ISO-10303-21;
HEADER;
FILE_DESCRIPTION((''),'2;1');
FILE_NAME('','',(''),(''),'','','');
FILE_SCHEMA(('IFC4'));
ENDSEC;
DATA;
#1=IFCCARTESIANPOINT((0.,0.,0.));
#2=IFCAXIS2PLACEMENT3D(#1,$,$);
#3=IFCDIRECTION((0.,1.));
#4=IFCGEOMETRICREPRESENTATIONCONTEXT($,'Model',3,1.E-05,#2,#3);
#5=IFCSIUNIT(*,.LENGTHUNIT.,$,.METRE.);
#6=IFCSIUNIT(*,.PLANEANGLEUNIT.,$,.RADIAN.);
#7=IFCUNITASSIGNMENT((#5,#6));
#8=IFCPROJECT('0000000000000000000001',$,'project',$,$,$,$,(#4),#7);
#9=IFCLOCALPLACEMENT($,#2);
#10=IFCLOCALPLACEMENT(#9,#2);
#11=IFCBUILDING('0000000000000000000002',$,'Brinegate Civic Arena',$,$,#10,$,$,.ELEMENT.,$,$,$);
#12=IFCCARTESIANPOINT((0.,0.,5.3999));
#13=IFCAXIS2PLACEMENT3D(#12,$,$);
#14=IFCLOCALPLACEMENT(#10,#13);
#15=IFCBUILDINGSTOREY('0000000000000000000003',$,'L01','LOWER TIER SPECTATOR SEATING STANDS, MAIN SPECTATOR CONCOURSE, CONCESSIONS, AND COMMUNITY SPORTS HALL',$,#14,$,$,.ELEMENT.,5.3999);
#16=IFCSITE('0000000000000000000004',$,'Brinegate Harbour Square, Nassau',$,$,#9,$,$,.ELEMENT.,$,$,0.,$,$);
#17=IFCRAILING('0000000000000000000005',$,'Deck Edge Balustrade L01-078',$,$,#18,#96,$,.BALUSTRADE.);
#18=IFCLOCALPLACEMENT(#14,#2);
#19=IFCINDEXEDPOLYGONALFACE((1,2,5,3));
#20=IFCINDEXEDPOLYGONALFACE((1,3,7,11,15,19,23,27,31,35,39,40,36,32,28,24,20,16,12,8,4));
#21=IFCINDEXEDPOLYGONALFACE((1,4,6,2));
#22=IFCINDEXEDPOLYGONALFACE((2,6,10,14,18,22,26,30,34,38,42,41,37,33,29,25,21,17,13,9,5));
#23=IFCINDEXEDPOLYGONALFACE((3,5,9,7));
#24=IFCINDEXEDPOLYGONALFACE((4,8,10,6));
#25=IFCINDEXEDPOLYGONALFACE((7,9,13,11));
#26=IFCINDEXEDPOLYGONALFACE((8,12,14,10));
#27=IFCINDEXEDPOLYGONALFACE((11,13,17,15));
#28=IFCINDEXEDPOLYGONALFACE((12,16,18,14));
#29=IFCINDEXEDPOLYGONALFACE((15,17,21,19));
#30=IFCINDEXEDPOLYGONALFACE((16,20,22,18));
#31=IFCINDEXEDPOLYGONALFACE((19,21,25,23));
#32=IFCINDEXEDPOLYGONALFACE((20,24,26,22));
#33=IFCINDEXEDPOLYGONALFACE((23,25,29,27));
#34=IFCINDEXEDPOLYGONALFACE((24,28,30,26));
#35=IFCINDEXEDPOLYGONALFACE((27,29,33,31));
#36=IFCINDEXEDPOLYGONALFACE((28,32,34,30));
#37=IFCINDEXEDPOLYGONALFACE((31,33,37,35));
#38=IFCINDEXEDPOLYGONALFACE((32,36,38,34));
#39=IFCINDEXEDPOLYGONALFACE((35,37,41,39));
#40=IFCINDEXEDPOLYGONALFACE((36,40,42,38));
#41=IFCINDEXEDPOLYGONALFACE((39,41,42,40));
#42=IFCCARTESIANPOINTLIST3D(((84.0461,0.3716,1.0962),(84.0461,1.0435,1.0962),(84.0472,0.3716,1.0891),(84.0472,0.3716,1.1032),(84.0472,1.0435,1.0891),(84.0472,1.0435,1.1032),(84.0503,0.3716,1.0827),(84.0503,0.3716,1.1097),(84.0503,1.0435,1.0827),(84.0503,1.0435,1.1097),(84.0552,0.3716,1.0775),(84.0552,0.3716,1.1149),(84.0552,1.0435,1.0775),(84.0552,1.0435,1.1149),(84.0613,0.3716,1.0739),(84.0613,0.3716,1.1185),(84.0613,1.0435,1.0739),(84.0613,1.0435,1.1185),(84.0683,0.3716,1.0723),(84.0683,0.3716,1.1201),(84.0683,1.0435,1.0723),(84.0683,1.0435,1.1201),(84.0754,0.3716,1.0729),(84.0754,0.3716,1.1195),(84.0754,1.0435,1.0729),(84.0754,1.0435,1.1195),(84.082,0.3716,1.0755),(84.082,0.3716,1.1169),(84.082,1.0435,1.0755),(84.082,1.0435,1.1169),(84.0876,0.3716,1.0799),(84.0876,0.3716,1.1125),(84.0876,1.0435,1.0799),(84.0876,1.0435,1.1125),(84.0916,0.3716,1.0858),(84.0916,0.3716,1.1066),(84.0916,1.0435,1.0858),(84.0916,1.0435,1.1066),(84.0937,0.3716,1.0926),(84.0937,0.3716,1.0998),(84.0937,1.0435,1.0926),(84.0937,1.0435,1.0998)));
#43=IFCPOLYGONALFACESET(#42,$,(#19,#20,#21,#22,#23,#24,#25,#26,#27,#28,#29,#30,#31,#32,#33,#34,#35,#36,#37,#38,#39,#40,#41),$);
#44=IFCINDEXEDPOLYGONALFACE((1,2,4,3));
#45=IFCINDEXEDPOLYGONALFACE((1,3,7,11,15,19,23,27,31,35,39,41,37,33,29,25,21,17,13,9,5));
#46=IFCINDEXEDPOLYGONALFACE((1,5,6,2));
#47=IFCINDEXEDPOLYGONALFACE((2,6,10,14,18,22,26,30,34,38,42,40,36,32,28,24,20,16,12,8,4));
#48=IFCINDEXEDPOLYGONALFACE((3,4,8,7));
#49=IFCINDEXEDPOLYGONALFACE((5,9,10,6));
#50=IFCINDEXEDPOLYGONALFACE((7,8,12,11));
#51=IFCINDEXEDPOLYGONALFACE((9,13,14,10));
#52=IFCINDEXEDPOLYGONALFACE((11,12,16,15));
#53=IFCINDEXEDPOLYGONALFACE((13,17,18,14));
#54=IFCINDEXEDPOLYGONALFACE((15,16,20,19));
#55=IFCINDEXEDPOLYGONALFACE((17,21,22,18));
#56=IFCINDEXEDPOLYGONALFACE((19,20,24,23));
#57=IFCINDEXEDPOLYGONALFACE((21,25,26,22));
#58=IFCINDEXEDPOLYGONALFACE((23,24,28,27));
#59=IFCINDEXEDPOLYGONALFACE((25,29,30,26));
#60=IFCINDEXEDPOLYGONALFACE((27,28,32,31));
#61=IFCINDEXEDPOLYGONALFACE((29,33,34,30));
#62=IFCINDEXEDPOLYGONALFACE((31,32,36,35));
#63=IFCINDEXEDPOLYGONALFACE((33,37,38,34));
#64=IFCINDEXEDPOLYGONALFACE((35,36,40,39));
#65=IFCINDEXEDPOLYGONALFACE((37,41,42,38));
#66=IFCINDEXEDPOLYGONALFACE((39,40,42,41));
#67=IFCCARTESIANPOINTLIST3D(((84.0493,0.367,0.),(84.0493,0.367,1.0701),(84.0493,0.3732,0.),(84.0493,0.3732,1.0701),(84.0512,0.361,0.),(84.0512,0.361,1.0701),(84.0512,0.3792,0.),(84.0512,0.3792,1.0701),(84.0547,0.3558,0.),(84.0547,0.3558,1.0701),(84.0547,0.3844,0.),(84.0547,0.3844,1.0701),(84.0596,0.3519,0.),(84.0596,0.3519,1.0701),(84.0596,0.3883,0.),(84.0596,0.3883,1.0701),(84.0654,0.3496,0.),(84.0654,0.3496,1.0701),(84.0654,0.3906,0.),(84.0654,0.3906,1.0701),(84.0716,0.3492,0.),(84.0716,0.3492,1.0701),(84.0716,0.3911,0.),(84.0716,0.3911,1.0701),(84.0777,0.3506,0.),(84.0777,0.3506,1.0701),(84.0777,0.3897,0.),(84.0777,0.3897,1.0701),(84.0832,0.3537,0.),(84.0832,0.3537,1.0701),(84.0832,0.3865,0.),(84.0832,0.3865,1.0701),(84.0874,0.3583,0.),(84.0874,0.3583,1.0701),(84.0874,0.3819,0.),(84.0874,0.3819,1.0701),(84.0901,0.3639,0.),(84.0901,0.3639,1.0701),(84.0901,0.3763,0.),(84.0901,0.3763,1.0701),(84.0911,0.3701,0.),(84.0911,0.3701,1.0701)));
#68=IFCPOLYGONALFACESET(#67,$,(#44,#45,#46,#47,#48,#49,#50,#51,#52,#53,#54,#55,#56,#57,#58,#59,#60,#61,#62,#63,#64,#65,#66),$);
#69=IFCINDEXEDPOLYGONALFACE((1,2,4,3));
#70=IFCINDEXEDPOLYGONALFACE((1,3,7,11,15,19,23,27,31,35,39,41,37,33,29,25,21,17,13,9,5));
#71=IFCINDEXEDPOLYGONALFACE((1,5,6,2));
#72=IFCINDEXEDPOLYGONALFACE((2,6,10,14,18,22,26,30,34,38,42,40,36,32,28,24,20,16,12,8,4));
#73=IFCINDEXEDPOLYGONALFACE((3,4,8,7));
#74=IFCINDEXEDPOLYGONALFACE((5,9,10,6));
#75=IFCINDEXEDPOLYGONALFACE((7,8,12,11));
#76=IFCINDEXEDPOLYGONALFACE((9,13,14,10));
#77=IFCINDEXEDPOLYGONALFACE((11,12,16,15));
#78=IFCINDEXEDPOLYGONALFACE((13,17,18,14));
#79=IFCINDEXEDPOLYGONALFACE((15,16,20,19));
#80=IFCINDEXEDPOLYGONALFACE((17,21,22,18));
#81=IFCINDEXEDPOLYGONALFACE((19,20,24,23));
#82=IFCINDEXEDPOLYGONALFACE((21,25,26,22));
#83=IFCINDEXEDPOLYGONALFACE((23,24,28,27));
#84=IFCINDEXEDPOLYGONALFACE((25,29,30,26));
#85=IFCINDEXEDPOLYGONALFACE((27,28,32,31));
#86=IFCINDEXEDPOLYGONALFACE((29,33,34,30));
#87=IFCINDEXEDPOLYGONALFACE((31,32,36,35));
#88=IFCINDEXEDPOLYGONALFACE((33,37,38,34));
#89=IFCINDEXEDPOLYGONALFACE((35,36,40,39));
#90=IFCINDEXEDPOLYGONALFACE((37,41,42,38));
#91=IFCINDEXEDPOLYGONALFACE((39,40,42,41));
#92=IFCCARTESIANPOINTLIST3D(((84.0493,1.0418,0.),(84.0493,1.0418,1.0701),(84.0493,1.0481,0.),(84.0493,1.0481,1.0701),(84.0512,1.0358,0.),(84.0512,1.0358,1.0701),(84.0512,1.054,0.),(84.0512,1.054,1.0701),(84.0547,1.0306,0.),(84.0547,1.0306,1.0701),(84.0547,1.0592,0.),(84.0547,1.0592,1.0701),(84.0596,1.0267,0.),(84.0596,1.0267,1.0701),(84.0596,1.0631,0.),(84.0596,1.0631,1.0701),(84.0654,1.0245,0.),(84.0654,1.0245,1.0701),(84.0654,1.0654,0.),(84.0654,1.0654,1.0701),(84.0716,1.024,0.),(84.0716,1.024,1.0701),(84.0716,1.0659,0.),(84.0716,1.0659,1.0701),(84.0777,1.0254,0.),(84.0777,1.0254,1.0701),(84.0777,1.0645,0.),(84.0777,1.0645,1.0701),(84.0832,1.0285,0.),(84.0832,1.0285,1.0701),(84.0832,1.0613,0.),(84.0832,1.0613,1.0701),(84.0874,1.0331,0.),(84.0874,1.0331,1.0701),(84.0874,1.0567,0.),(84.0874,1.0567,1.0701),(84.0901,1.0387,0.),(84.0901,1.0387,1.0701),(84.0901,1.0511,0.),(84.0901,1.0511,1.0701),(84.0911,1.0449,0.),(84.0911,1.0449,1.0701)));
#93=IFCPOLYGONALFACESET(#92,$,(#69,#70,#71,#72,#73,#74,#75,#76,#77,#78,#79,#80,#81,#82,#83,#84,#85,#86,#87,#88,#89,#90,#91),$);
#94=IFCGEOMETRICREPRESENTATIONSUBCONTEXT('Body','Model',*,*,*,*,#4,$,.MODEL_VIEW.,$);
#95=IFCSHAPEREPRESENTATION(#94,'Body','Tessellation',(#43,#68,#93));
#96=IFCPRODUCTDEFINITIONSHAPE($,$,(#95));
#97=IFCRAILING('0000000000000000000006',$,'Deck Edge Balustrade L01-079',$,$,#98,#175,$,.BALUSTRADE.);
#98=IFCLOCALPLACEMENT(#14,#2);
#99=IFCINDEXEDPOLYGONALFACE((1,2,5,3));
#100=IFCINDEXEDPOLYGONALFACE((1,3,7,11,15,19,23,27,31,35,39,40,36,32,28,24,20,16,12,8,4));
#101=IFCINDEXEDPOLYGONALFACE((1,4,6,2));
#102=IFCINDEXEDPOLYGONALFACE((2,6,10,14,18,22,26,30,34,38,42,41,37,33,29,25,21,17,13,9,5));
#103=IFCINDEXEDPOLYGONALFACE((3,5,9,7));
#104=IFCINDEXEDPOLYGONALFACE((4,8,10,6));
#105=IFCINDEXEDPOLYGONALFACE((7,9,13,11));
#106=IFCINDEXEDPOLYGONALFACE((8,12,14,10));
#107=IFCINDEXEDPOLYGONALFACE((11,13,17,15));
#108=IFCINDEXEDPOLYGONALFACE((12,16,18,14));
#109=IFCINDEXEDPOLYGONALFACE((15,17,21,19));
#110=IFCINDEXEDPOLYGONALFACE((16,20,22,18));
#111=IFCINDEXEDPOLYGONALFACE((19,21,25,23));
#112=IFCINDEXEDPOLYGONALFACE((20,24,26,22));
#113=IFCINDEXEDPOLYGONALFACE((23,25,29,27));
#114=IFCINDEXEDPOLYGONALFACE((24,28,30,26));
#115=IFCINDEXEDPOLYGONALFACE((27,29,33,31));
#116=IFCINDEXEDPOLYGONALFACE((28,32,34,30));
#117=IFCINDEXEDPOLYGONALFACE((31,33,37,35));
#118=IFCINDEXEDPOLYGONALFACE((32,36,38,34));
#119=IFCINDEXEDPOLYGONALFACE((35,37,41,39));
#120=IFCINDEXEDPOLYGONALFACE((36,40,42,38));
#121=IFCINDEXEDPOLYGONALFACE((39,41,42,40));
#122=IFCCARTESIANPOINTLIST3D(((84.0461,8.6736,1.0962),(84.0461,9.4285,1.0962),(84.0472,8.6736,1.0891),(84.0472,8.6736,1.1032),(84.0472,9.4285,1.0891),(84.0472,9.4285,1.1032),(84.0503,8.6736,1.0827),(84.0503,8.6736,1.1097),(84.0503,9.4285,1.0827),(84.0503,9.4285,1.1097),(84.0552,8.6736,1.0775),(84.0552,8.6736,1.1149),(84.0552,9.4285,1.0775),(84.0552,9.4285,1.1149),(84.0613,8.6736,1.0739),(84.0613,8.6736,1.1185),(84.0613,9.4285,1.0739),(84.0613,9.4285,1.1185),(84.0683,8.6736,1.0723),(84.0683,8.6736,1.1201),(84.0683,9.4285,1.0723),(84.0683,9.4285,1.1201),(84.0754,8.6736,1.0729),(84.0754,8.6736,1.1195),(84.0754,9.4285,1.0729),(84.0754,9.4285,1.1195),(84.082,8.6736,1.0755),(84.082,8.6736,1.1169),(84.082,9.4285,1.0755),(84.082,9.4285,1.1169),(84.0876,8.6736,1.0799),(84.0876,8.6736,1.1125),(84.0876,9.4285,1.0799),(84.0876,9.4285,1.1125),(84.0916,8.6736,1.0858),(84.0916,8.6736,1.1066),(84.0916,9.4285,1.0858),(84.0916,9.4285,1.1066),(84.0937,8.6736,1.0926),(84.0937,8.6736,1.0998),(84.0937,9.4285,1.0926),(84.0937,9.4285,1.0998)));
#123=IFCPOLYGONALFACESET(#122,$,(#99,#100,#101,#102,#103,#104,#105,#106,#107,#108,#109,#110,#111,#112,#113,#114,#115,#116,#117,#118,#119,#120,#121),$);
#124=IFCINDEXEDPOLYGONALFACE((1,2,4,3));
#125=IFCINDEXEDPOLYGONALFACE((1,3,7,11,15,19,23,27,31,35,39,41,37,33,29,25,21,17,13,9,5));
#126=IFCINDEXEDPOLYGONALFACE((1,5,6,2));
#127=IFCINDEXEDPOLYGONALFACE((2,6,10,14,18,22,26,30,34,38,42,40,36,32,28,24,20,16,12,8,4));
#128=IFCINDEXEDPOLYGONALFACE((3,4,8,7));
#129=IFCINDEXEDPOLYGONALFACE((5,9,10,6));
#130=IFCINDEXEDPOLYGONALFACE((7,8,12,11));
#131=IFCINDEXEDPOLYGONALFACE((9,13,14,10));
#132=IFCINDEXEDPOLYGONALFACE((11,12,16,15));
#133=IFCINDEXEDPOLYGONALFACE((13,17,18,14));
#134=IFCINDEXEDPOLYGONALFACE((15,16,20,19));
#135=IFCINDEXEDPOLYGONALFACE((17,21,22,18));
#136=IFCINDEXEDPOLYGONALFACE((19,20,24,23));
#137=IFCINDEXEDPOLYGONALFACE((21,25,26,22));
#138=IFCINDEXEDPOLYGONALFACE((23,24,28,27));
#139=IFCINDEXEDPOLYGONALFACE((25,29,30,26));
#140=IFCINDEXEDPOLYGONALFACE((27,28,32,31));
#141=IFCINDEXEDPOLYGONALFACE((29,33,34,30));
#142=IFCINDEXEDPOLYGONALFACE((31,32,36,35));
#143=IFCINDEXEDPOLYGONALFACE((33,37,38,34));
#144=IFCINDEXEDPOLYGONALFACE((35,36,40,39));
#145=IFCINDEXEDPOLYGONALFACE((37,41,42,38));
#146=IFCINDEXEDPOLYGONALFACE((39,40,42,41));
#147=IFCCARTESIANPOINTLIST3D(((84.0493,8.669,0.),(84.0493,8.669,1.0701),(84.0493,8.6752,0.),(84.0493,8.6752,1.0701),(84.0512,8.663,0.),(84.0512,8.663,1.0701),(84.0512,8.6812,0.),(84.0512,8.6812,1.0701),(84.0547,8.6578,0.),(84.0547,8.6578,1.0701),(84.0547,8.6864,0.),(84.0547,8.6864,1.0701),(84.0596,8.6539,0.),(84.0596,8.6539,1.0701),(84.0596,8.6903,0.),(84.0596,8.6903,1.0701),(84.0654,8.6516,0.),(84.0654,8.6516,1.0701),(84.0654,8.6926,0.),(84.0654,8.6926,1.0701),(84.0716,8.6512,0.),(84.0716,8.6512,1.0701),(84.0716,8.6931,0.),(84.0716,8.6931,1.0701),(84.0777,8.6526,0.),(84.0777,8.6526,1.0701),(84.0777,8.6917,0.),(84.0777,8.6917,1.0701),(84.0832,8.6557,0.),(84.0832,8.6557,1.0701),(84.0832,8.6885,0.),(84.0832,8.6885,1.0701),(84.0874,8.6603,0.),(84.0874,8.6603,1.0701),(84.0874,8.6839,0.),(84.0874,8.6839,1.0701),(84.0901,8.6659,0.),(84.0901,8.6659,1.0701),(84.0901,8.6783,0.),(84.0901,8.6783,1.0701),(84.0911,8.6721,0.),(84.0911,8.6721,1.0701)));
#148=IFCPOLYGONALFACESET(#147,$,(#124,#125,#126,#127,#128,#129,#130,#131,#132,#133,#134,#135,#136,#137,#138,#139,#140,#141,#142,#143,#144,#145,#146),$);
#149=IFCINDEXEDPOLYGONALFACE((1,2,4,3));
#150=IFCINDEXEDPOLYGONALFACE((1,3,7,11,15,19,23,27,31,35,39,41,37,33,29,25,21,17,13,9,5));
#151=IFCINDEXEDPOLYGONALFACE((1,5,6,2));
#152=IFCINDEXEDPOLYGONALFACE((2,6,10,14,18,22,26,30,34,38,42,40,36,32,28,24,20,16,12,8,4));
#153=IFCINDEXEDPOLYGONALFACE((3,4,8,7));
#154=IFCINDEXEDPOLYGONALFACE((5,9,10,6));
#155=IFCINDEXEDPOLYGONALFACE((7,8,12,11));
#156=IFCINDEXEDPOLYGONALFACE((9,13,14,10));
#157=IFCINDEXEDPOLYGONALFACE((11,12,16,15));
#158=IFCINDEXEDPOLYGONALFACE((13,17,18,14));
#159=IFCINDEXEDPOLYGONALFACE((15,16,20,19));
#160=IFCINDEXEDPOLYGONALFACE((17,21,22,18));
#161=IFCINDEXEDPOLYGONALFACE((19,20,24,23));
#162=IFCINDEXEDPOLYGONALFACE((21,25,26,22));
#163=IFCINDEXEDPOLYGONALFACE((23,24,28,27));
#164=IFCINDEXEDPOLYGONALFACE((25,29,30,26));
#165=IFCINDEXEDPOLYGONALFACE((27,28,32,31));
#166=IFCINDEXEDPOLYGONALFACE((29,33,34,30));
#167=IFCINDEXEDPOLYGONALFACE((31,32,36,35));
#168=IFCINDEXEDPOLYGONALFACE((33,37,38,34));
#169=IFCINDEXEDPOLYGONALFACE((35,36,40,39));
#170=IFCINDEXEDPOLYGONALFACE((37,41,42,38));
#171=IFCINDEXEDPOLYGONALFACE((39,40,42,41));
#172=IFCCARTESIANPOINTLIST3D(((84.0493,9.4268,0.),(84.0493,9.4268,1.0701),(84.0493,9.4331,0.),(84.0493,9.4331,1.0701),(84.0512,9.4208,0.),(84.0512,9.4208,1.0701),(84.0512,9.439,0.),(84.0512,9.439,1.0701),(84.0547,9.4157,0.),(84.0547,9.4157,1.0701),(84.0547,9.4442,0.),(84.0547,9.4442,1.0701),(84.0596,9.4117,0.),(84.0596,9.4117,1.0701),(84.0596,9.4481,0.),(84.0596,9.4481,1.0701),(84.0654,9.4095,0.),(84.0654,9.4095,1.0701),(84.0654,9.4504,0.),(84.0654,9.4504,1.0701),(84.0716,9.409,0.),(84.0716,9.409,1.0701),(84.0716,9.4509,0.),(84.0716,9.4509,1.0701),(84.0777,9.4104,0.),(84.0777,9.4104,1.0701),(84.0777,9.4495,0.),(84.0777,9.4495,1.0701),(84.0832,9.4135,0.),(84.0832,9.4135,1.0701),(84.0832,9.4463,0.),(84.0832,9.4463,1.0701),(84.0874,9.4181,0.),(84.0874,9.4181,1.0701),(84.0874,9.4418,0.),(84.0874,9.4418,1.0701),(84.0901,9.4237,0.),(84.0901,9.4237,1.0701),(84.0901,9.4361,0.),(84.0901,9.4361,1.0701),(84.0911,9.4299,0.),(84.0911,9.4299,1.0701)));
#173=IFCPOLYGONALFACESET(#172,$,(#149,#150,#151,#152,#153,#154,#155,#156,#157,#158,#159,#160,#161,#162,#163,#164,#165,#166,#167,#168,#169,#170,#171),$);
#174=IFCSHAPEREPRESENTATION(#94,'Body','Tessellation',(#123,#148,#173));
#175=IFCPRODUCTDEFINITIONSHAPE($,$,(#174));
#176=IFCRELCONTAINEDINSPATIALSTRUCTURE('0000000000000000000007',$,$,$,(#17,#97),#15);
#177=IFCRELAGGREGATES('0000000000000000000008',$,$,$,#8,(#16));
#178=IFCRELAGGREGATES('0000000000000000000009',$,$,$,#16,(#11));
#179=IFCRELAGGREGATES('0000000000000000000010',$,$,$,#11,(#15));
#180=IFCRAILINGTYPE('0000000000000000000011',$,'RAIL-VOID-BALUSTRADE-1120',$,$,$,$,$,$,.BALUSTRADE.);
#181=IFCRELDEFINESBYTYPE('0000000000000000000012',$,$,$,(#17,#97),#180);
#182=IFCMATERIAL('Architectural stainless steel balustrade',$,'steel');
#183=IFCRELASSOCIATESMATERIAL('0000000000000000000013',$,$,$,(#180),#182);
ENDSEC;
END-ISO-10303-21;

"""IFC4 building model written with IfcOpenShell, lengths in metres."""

from ifc_helpers import new_model, si_unit, direction, frame, origin, origin_2d, place, context, subcontext, project, spatial, circle, extrude, material, type_object, element, save


model = new_model("IFC4")

# Units and contexts
model_context = context("Model", 3, precision=1e-05, world=origin(), true_north=direction((0.0, 1.0)))
body_context = subcontext(model_context, "Body", "Model", "MODEL_VIEW")
ifc_project = project(units=[si_unit("LENGTHUNIT", "METRE"), si_unit("PLANEANGLEUNIT", "RADIAN")], contexts=[model_context])

# Site, building, storey
site_placement = place(None, origin())
site = spatial("IfcSite", under=ifc_project, at=site_placement, Name="Brinegate Harbour Square, Nassau", CompositionType="ELEMENT", RefElevation=0.0)
building_placement = place(site_placement, origin())
building = spatial("IfcBuilding", under=site, at=building_placement, Name="Brinegate Civic Arena", CompositionType="ELEMENT")
storey_placement = place(building_placement, frame((0.0, 0.0, 5.3999)))
storey = spatial("IfcBuildingStorey", under=building, at=storey_placement, Name="L01", Description="LOWER TIER SPECTATOR SEATING STANDS, MAIN SPECTATOR CONCOURSE, CONCESSIONS, AND COMMUNITY SPORTS HALL", CompositionType="ELEMENT", Elevation=5.3999)

# Shared definitions
ifc_material_1 = material(Name="Architectural stainless steel balustrade", Category="steel")

# Railings
railing_type = type_object("IfcRailingType", Name="RAIL-VOID-BALUSTRADE-1120", PredefinedType="BALUSTRADE", material=ifc_material_1)
railing_1_placement = place(storey_placement, frame((84.0701, 0.3701, 0.0)))
element("IfcRailing", 1, at=railing_1_placement, inside=storey, type_object=railing_type, Name="Deck Edge Balustrade L01-078", PredefinedType="BALUSTRADE", context=body_context, shape_type="SweptSolid", body=[
    extrude(circle(Radius=0.0239, at=origin_2d()), frame((0.0, 0.0015, 1.0962), z_axis=(0.0, 1.0, 0.0), x_axis=(-1.0, 0.0, 0.0)), (0.0, 0.0, 1.0), 0.6719),
    extrude(circle(Radius=0.021, at=origin_2d()), origin(), (0.0, 0.0, 1.0), 1.0701),
    extrude(circle(Radius=0.021, at=origin_2d()), frame((0.0, 0.6748, 0.0)), (0.0, 0.0, 1.0), 1.0701),
])
railing_2_placement = place(storey_placement, frame((84.0701, 8.6721, 0.0)))
element("IfcRailing", 2, at=railing_2_placement, inside=storey, type_object=railing_type, Name="Deck Edge Balustrade L01-079", PredefinedType="BALUSTRADE", context=body_context, shape_type="SweptSolid", body=[
    extrude(circle(Radius=0.0239, at=origin_2d()), frame((0.0, 0.0015, 1.0962), z_axis=(0.0, 1.0, 0.0), x_axis=(-1.0, 0.0, 0.0)), (0.0, 0.0, 1.0), 0.7549),
    extrude(circle(Radius=0.021, at=origin_2d()), origin(), (0.0, 0.0, 1.0), 1.0701),
    extrude(circle(Radius=0.021, at=origin_2d()), frame((0.0, 0.7578, 0.0)), (0.0, 0.0, 1.0), 1.0701),
])

save(model, "model.ifc")
